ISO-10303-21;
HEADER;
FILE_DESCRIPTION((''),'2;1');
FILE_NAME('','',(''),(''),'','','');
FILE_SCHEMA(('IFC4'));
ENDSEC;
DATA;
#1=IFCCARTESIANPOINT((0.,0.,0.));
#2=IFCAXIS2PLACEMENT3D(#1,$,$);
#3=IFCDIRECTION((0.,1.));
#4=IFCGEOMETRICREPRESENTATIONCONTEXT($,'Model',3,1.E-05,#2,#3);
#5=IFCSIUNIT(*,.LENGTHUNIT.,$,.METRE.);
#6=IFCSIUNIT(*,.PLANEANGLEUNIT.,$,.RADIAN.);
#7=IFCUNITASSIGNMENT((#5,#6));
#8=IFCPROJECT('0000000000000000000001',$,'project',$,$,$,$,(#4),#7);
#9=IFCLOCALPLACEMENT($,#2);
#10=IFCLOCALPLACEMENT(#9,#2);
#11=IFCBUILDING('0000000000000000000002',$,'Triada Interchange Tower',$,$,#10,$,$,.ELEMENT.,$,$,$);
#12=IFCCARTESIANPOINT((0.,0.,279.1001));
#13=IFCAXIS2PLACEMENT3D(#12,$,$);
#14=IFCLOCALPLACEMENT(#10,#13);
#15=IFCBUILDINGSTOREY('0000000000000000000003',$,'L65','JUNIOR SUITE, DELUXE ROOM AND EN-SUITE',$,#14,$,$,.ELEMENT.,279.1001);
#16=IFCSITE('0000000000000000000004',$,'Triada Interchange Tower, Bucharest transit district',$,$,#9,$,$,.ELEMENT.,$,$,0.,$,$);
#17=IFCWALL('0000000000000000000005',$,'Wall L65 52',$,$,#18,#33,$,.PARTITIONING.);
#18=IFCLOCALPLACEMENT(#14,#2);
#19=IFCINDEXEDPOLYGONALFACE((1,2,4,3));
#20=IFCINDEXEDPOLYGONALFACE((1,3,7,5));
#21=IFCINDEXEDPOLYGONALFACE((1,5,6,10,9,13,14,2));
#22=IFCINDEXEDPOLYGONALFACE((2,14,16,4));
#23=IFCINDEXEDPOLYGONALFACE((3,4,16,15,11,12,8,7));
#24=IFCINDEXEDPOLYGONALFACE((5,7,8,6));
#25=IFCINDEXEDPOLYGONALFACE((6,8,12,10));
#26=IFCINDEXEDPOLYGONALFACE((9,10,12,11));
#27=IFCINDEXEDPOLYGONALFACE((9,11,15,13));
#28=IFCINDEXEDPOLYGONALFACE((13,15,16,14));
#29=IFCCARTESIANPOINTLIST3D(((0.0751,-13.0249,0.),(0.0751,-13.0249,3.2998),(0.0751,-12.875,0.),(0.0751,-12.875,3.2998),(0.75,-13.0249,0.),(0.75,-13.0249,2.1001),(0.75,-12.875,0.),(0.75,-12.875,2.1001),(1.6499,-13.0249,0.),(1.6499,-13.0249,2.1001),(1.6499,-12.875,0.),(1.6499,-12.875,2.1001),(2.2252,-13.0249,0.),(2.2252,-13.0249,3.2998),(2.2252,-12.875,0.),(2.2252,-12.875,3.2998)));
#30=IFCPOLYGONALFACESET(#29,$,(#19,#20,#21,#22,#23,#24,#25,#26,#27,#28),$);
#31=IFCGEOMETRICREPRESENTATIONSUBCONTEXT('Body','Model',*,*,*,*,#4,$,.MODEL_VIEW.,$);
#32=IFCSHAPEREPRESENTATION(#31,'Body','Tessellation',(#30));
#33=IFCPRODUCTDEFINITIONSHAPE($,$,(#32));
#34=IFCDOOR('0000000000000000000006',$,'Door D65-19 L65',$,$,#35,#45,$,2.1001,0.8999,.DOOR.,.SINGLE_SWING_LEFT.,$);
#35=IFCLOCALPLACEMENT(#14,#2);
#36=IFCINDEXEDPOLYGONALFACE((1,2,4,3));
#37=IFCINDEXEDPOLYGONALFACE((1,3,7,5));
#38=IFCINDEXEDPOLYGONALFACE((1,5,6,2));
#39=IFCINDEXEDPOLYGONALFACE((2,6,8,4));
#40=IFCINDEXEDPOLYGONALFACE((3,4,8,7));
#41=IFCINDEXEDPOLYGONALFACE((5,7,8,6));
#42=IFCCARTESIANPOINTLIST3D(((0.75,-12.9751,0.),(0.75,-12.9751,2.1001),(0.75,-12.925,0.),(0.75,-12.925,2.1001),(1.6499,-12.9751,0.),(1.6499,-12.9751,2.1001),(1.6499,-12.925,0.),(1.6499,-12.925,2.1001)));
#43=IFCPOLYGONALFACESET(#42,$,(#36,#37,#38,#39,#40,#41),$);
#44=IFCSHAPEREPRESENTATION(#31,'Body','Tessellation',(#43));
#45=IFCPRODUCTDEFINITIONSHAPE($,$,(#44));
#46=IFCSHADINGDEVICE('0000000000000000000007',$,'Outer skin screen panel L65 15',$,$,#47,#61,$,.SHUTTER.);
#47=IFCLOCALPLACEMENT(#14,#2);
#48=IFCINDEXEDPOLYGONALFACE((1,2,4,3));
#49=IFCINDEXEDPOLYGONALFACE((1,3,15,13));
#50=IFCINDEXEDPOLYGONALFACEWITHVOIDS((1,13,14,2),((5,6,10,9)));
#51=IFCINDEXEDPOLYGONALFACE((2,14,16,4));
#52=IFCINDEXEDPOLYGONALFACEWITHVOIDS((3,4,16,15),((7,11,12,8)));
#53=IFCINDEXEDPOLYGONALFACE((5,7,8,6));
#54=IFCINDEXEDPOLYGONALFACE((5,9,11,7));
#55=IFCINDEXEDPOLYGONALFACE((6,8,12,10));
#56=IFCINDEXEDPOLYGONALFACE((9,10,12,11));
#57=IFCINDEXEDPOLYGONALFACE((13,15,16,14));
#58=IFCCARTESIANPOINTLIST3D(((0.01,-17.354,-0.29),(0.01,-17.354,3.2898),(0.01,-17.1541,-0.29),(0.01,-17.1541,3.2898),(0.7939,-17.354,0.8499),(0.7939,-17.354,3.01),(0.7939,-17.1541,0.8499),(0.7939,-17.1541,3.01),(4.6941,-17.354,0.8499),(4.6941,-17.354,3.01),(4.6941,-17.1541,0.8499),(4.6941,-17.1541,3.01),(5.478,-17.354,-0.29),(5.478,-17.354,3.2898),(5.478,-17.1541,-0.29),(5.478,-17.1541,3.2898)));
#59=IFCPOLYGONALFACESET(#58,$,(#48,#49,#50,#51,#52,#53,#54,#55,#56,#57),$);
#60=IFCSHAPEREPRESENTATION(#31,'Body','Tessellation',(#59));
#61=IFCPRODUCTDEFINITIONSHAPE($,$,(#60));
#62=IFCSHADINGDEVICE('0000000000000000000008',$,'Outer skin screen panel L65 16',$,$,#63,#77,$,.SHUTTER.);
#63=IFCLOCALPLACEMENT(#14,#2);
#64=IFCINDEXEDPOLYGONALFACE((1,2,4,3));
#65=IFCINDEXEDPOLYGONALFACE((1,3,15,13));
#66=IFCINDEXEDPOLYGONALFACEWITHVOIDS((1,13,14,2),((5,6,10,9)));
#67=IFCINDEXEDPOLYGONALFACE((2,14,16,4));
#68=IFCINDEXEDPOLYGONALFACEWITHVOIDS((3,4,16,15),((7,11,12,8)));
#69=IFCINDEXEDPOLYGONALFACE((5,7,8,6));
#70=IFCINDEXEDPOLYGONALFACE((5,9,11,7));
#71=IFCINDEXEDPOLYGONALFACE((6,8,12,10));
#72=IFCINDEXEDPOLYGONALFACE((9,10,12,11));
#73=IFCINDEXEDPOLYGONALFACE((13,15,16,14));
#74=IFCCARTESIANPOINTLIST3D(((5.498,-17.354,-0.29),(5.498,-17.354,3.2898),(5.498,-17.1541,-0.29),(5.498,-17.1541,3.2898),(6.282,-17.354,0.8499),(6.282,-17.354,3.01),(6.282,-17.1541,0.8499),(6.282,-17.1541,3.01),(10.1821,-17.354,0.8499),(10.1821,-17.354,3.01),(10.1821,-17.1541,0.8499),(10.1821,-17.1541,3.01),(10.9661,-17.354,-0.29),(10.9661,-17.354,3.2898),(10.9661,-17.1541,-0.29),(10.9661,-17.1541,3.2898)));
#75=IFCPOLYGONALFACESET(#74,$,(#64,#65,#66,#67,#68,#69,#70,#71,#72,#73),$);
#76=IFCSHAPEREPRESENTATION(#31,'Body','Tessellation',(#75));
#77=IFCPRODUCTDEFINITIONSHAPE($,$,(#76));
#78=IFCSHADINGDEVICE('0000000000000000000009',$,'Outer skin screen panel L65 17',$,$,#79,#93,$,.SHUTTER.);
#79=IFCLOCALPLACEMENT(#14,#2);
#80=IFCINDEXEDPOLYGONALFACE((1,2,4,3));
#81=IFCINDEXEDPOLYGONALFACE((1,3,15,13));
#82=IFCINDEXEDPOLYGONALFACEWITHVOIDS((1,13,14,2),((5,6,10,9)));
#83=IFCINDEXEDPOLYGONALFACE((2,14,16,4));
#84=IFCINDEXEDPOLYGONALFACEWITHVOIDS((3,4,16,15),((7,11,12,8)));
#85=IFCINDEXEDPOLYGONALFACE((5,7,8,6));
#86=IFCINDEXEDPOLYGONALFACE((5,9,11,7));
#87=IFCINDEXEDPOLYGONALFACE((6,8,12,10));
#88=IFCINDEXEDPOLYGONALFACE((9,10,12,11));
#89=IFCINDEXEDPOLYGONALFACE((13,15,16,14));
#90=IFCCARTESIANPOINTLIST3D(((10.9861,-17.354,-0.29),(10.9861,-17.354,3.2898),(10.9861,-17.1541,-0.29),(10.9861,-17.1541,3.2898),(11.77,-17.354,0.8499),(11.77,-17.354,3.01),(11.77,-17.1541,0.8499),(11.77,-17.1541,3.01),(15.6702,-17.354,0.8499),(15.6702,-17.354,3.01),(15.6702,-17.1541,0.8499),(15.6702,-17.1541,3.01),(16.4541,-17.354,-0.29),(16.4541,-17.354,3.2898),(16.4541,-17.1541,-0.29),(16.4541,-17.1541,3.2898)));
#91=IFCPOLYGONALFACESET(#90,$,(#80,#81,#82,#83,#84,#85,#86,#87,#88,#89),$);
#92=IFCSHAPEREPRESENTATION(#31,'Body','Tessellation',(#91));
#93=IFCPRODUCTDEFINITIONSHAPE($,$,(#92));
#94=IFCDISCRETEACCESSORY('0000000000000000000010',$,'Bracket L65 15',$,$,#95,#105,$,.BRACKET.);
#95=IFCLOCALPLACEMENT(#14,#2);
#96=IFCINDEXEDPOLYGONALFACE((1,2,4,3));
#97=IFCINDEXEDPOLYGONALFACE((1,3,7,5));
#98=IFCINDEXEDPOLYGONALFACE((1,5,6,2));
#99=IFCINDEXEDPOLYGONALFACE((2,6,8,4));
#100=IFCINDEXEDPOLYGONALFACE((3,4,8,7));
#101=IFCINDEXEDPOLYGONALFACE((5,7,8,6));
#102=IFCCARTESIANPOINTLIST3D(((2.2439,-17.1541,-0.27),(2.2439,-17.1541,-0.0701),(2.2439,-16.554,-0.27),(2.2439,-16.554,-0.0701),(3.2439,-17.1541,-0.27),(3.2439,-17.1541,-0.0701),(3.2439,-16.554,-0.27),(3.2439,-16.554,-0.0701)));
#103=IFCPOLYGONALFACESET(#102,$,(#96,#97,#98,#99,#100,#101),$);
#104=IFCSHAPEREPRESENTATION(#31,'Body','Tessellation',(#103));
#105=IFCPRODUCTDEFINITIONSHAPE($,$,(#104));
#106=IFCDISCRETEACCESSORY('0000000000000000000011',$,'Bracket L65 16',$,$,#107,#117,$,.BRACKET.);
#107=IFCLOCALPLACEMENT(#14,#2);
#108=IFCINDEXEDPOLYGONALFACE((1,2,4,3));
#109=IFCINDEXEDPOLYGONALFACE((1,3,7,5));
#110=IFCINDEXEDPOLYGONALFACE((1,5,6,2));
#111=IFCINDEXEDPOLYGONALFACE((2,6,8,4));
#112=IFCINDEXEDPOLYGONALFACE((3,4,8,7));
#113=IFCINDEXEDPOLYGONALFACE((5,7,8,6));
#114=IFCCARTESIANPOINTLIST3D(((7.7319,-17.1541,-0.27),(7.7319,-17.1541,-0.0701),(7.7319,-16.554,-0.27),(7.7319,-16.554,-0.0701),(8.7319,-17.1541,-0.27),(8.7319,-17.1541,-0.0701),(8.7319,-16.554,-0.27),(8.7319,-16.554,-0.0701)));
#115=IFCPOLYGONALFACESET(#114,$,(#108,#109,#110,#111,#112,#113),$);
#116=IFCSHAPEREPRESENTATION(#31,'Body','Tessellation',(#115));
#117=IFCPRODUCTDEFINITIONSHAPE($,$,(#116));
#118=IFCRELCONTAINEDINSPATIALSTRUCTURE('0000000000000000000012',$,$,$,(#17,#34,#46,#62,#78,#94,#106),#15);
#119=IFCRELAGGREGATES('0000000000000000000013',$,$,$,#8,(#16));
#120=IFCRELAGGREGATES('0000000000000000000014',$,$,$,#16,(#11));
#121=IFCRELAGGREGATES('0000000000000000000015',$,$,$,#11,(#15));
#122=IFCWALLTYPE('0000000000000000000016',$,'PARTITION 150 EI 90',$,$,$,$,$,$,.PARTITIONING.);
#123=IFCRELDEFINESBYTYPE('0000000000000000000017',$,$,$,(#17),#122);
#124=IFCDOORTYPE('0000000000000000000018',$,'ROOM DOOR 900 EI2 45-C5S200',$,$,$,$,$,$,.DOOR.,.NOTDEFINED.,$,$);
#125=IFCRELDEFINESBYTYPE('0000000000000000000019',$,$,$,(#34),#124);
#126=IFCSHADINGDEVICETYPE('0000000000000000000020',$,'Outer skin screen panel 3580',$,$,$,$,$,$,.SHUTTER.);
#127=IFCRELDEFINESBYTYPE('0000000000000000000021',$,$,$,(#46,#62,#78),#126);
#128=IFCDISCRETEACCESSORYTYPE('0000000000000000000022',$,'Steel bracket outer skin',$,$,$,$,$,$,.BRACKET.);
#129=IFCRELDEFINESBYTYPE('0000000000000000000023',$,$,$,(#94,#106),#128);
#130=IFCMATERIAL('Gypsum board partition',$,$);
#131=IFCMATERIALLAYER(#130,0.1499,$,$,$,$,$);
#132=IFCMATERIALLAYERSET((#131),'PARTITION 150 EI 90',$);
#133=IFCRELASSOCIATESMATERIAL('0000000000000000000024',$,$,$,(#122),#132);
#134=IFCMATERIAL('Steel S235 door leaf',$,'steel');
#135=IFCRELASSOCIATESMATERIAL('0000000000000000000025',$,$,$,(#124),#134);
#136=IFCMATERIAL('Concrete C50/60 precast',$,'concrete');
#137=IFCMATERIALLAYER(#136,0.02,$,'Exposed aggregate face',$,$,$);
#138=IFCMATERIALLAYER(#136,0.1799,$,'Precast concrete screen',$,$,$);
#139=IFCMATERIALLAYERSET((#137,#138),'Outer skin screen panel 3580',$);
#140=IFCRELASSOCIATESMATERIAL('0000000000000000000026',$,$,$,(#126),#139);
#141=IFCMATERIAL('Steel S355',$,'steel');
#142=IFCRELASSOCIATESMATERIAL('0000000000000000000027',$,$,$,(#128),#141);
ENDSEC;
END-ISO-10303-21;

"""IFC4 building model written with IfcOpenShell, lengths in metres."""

from ifc_helpers import new_model, si_unit, direction, frame, frame_2d, origin, origin_2d, place, context, subcontext, project, spatial, polyline, rectangle, outline, extrude, material, layer, layer_set, type_object, element, fill, save


model = new_model("IFC4")

# Units and contexts
model_context = context("Model", 3, precision=1e-05, world=origin(), true_north=direction((0.0, 1.0)))
body_context = subcontext(model_context, "Body", "Model", "MODEL_VIEW")
ifc_project = project(units=[si_unit("LENGTHUNIT", "METRE"), si_unit("PLANEANGLEUNIT", "RADIAN")], contexts=[model_context])

# Site, building, storey
site_placement = place(None, origin())
site = spatial("IfcSite", under=ifc_project, at=site_placement, Name="Triada Interchange Tower, Bucharest transit district", CompositionType="ELEMENT", RefElevation=0.0)
building_placement = place(site_placement, origin())
building = spatial("IfcBuilding", under=site, at=building_placement, Name="Triada Interchange Tower", CompositionType="ELEMENT")
storey_placement = place(building_placement, frame((0.0, 0.0, 279.1001)))
storey = spatial("IfcBuildingStorey", under=building, at=storey_placement, Name="L65", Description="JUNIOR SUITE, DELUXE ROOM AND EN-SUITE", CompositionType="ELEMENT", Elevation=279.1001)

# Shared definitions
ifc_material_1 = material(Name="Gypsum board partition")
ifc_layer_1 = layer(ifc_material_1, 0.1499)
ifc_layer_set_1 = layer_set([ifc_layer_1], Name="PARTITION 150 EI 90")
wall_type_1 = type_object("IfcWallType", Name="PARTITION 150 EI 90", PredefinedType="PARTITIONING", material=ifc_layer_set_1)

# Wall, opening, door
wall_1_placement = place(storey_placement, frame((0.075, -12.95, 0.0), z_axis=(0.0, 0.0, 1.0), x_axis=(1.0, 0.0, 0.0)))
wall_1 = element("IfcWall", 1, at=wall_1_placement, inside=storey, type_object=wall_type_1, Name="Wall L65 52", PredefinedType="PARTITIONING", context=body_context, shape_type="SweptSolid", body=[
    extrude(rectangle(XDim=2.1501, YDim=0.1499, at=frame_2d((1.0752, 0.0))), origin(), (0.0, 0.0, 1.0), 3.2998),
])
opening_placement = place(wall_1_placement, frame((0.675, 0.0, 0.0)))
opening = element("IfcOpeningElement", 2, at=opening_placement, cuts=wall_1, PredefinedType="OPENING", context=body_context, shape_type="SweptSolid", body=[
    extrude(rectangle(XDim=0.8999, YDim=2.1001, at=frame_2d((0.45, 1.05))), frame((0.0, 0.085, 0.0), z_axis=(0.0, -1.0, 0.0), x_axis=(1.0, 0.0, 0.0)), (0.0, 0.0, 1.0), 0.1699),
])
ifc_material_2 = material(Name="Steel S235 door leaf", Category="steel")
door_type = type_object("IfcDoorType", Name="ROOM DOOR 900 EI2 45-C5S200", OperationType="NOTDEFINED", PredefinedType="DOOR", material=ifc_material_2)
door_placement = place(opening_placement, origin())
door = element("IfcDoor", 3, at=door_placement, inside=storey, type_object=door_type, Name="Door D65-19 L65", OperationType="SINGLE_SWING_LEFT", OverallHeight=2.1001, OverallWidth=0.8999, PredefinedType="DOOR", context=body_context, shape_type="SweptSolid", body=[
    extrude(rectangle(XDim=0.8999, YDim=2.1001, at=frame_2d((0.45, 1.05))), frame((0.0, 0.0249, 0.0), z_axis=(0.0, -1.0, 0.0), x_axis=(1.0, 0.0, 0.0)), (0.0, 0.0, 1.0), 0.05),
])
fill(opening, door)

# Shading devices
ifc_material_3 = material(Name="Concrete C50/60 precast", Category="concrete")
ifc_layer_2 = layer(ifc_material_3, 0.02, Name="Exposed aggregate face")
ifc_layer_3 = layer(ifc_material_3, 0.1799, Name="Precast concrete screen")
ifc_layer_set_2 = layer_set([ifc_layer_2, ifc_layer_3], Name="Outer skin screen panel 3580")
shading_device_type = type_object("IfcShadingDeviceType", Name="Outer skin screen panel 3580", PredefinedType="SHUTTER", material=ifc_layer_set_2)
for number, where, z_axis, x_axis, name in (
    (4, (0.01, -17.1541, -0.29), (0.0, 0.0, 1.0), (1.0, 0.0, 0.0), "Outer skin screen panel L65 15"),
    (5, (5.498, -17.1541, -0.29), (0.0, 0.0, 1.0), (1.0, 0.0, 0.0), "Outer skin screen panel L65 16"),
    (6, (10.9861, -17.1541, -0.29), (0.0, 0.0, 1.0), (1.0, 0.0, 0.0), "Outer skin screen panel L65 17"),
):
    element("IfcShadingDevice", number, at=place(storey_placement, frame(where, z_axis=z_axis, x_axis=x_axis)), inside=storey, type_object=shading_device_type, Name=name, PredefinedType="SHUTTER", context=body_context, shape_type="SweptSolid", body=[
        extrude(outline(polyline([(0.0, 0.0), (5.468, 0.0), (5.468, 3.5798), (0.0, 3.5798), (0.0, 0.0)]), holes=[polyline([(0.7839, 1.1399), (0.7839, 3.3), (4.6841, 3.3), (4.6841, 1.1399), (0.7839, 1.1399)])]), frame((0.0, 0.0, 0.0), z_axis=(0.0, -1.0, 0.0), x_axis=(1.0, 0.0, 0.0)), (0.0, 0.0, 1.0), 0.2),
    ])

# Discrete accessories
ifc_material_4 = material(Name="Steel S355", Category="steel")
discrete_accessory_type = type_object("IfcDiscreteAccessoryType", Name="Steel bracket outer skin", PredefinedType="BRACKET", material=ifc_material_4)
for number, where, z_axis, x_axis, name in (
    (7, (2.7439, -16.854, -0.27), (0.0, 0.0, 1.0), (0.0, -1.0, 0.0), "Bracket L65 15"),
    (8, (8.2319, -16.854, -0.27), (0.0, 0.0, 1.0), (0.0, -1.0, 0.0), "Bracket L65 16"),
):
    element("IfcDiscreteAccessory", number, at=place(storey_placement, frame(where, z_axis=z_axis, x_axis=x_axis)), inside=storey, type_object=discrete_accessory_type, Name=name, PredefinedType="BRACKET", context=body_context, shape_type="SweptSolid", body=[
        extrude(rectangle(XDim=0.6001, YDim=1.0, at=origin_2d()), origin(), (0.0, 0.0, 1.0), 0.2),
    ])

save(model, "model.ifc")
